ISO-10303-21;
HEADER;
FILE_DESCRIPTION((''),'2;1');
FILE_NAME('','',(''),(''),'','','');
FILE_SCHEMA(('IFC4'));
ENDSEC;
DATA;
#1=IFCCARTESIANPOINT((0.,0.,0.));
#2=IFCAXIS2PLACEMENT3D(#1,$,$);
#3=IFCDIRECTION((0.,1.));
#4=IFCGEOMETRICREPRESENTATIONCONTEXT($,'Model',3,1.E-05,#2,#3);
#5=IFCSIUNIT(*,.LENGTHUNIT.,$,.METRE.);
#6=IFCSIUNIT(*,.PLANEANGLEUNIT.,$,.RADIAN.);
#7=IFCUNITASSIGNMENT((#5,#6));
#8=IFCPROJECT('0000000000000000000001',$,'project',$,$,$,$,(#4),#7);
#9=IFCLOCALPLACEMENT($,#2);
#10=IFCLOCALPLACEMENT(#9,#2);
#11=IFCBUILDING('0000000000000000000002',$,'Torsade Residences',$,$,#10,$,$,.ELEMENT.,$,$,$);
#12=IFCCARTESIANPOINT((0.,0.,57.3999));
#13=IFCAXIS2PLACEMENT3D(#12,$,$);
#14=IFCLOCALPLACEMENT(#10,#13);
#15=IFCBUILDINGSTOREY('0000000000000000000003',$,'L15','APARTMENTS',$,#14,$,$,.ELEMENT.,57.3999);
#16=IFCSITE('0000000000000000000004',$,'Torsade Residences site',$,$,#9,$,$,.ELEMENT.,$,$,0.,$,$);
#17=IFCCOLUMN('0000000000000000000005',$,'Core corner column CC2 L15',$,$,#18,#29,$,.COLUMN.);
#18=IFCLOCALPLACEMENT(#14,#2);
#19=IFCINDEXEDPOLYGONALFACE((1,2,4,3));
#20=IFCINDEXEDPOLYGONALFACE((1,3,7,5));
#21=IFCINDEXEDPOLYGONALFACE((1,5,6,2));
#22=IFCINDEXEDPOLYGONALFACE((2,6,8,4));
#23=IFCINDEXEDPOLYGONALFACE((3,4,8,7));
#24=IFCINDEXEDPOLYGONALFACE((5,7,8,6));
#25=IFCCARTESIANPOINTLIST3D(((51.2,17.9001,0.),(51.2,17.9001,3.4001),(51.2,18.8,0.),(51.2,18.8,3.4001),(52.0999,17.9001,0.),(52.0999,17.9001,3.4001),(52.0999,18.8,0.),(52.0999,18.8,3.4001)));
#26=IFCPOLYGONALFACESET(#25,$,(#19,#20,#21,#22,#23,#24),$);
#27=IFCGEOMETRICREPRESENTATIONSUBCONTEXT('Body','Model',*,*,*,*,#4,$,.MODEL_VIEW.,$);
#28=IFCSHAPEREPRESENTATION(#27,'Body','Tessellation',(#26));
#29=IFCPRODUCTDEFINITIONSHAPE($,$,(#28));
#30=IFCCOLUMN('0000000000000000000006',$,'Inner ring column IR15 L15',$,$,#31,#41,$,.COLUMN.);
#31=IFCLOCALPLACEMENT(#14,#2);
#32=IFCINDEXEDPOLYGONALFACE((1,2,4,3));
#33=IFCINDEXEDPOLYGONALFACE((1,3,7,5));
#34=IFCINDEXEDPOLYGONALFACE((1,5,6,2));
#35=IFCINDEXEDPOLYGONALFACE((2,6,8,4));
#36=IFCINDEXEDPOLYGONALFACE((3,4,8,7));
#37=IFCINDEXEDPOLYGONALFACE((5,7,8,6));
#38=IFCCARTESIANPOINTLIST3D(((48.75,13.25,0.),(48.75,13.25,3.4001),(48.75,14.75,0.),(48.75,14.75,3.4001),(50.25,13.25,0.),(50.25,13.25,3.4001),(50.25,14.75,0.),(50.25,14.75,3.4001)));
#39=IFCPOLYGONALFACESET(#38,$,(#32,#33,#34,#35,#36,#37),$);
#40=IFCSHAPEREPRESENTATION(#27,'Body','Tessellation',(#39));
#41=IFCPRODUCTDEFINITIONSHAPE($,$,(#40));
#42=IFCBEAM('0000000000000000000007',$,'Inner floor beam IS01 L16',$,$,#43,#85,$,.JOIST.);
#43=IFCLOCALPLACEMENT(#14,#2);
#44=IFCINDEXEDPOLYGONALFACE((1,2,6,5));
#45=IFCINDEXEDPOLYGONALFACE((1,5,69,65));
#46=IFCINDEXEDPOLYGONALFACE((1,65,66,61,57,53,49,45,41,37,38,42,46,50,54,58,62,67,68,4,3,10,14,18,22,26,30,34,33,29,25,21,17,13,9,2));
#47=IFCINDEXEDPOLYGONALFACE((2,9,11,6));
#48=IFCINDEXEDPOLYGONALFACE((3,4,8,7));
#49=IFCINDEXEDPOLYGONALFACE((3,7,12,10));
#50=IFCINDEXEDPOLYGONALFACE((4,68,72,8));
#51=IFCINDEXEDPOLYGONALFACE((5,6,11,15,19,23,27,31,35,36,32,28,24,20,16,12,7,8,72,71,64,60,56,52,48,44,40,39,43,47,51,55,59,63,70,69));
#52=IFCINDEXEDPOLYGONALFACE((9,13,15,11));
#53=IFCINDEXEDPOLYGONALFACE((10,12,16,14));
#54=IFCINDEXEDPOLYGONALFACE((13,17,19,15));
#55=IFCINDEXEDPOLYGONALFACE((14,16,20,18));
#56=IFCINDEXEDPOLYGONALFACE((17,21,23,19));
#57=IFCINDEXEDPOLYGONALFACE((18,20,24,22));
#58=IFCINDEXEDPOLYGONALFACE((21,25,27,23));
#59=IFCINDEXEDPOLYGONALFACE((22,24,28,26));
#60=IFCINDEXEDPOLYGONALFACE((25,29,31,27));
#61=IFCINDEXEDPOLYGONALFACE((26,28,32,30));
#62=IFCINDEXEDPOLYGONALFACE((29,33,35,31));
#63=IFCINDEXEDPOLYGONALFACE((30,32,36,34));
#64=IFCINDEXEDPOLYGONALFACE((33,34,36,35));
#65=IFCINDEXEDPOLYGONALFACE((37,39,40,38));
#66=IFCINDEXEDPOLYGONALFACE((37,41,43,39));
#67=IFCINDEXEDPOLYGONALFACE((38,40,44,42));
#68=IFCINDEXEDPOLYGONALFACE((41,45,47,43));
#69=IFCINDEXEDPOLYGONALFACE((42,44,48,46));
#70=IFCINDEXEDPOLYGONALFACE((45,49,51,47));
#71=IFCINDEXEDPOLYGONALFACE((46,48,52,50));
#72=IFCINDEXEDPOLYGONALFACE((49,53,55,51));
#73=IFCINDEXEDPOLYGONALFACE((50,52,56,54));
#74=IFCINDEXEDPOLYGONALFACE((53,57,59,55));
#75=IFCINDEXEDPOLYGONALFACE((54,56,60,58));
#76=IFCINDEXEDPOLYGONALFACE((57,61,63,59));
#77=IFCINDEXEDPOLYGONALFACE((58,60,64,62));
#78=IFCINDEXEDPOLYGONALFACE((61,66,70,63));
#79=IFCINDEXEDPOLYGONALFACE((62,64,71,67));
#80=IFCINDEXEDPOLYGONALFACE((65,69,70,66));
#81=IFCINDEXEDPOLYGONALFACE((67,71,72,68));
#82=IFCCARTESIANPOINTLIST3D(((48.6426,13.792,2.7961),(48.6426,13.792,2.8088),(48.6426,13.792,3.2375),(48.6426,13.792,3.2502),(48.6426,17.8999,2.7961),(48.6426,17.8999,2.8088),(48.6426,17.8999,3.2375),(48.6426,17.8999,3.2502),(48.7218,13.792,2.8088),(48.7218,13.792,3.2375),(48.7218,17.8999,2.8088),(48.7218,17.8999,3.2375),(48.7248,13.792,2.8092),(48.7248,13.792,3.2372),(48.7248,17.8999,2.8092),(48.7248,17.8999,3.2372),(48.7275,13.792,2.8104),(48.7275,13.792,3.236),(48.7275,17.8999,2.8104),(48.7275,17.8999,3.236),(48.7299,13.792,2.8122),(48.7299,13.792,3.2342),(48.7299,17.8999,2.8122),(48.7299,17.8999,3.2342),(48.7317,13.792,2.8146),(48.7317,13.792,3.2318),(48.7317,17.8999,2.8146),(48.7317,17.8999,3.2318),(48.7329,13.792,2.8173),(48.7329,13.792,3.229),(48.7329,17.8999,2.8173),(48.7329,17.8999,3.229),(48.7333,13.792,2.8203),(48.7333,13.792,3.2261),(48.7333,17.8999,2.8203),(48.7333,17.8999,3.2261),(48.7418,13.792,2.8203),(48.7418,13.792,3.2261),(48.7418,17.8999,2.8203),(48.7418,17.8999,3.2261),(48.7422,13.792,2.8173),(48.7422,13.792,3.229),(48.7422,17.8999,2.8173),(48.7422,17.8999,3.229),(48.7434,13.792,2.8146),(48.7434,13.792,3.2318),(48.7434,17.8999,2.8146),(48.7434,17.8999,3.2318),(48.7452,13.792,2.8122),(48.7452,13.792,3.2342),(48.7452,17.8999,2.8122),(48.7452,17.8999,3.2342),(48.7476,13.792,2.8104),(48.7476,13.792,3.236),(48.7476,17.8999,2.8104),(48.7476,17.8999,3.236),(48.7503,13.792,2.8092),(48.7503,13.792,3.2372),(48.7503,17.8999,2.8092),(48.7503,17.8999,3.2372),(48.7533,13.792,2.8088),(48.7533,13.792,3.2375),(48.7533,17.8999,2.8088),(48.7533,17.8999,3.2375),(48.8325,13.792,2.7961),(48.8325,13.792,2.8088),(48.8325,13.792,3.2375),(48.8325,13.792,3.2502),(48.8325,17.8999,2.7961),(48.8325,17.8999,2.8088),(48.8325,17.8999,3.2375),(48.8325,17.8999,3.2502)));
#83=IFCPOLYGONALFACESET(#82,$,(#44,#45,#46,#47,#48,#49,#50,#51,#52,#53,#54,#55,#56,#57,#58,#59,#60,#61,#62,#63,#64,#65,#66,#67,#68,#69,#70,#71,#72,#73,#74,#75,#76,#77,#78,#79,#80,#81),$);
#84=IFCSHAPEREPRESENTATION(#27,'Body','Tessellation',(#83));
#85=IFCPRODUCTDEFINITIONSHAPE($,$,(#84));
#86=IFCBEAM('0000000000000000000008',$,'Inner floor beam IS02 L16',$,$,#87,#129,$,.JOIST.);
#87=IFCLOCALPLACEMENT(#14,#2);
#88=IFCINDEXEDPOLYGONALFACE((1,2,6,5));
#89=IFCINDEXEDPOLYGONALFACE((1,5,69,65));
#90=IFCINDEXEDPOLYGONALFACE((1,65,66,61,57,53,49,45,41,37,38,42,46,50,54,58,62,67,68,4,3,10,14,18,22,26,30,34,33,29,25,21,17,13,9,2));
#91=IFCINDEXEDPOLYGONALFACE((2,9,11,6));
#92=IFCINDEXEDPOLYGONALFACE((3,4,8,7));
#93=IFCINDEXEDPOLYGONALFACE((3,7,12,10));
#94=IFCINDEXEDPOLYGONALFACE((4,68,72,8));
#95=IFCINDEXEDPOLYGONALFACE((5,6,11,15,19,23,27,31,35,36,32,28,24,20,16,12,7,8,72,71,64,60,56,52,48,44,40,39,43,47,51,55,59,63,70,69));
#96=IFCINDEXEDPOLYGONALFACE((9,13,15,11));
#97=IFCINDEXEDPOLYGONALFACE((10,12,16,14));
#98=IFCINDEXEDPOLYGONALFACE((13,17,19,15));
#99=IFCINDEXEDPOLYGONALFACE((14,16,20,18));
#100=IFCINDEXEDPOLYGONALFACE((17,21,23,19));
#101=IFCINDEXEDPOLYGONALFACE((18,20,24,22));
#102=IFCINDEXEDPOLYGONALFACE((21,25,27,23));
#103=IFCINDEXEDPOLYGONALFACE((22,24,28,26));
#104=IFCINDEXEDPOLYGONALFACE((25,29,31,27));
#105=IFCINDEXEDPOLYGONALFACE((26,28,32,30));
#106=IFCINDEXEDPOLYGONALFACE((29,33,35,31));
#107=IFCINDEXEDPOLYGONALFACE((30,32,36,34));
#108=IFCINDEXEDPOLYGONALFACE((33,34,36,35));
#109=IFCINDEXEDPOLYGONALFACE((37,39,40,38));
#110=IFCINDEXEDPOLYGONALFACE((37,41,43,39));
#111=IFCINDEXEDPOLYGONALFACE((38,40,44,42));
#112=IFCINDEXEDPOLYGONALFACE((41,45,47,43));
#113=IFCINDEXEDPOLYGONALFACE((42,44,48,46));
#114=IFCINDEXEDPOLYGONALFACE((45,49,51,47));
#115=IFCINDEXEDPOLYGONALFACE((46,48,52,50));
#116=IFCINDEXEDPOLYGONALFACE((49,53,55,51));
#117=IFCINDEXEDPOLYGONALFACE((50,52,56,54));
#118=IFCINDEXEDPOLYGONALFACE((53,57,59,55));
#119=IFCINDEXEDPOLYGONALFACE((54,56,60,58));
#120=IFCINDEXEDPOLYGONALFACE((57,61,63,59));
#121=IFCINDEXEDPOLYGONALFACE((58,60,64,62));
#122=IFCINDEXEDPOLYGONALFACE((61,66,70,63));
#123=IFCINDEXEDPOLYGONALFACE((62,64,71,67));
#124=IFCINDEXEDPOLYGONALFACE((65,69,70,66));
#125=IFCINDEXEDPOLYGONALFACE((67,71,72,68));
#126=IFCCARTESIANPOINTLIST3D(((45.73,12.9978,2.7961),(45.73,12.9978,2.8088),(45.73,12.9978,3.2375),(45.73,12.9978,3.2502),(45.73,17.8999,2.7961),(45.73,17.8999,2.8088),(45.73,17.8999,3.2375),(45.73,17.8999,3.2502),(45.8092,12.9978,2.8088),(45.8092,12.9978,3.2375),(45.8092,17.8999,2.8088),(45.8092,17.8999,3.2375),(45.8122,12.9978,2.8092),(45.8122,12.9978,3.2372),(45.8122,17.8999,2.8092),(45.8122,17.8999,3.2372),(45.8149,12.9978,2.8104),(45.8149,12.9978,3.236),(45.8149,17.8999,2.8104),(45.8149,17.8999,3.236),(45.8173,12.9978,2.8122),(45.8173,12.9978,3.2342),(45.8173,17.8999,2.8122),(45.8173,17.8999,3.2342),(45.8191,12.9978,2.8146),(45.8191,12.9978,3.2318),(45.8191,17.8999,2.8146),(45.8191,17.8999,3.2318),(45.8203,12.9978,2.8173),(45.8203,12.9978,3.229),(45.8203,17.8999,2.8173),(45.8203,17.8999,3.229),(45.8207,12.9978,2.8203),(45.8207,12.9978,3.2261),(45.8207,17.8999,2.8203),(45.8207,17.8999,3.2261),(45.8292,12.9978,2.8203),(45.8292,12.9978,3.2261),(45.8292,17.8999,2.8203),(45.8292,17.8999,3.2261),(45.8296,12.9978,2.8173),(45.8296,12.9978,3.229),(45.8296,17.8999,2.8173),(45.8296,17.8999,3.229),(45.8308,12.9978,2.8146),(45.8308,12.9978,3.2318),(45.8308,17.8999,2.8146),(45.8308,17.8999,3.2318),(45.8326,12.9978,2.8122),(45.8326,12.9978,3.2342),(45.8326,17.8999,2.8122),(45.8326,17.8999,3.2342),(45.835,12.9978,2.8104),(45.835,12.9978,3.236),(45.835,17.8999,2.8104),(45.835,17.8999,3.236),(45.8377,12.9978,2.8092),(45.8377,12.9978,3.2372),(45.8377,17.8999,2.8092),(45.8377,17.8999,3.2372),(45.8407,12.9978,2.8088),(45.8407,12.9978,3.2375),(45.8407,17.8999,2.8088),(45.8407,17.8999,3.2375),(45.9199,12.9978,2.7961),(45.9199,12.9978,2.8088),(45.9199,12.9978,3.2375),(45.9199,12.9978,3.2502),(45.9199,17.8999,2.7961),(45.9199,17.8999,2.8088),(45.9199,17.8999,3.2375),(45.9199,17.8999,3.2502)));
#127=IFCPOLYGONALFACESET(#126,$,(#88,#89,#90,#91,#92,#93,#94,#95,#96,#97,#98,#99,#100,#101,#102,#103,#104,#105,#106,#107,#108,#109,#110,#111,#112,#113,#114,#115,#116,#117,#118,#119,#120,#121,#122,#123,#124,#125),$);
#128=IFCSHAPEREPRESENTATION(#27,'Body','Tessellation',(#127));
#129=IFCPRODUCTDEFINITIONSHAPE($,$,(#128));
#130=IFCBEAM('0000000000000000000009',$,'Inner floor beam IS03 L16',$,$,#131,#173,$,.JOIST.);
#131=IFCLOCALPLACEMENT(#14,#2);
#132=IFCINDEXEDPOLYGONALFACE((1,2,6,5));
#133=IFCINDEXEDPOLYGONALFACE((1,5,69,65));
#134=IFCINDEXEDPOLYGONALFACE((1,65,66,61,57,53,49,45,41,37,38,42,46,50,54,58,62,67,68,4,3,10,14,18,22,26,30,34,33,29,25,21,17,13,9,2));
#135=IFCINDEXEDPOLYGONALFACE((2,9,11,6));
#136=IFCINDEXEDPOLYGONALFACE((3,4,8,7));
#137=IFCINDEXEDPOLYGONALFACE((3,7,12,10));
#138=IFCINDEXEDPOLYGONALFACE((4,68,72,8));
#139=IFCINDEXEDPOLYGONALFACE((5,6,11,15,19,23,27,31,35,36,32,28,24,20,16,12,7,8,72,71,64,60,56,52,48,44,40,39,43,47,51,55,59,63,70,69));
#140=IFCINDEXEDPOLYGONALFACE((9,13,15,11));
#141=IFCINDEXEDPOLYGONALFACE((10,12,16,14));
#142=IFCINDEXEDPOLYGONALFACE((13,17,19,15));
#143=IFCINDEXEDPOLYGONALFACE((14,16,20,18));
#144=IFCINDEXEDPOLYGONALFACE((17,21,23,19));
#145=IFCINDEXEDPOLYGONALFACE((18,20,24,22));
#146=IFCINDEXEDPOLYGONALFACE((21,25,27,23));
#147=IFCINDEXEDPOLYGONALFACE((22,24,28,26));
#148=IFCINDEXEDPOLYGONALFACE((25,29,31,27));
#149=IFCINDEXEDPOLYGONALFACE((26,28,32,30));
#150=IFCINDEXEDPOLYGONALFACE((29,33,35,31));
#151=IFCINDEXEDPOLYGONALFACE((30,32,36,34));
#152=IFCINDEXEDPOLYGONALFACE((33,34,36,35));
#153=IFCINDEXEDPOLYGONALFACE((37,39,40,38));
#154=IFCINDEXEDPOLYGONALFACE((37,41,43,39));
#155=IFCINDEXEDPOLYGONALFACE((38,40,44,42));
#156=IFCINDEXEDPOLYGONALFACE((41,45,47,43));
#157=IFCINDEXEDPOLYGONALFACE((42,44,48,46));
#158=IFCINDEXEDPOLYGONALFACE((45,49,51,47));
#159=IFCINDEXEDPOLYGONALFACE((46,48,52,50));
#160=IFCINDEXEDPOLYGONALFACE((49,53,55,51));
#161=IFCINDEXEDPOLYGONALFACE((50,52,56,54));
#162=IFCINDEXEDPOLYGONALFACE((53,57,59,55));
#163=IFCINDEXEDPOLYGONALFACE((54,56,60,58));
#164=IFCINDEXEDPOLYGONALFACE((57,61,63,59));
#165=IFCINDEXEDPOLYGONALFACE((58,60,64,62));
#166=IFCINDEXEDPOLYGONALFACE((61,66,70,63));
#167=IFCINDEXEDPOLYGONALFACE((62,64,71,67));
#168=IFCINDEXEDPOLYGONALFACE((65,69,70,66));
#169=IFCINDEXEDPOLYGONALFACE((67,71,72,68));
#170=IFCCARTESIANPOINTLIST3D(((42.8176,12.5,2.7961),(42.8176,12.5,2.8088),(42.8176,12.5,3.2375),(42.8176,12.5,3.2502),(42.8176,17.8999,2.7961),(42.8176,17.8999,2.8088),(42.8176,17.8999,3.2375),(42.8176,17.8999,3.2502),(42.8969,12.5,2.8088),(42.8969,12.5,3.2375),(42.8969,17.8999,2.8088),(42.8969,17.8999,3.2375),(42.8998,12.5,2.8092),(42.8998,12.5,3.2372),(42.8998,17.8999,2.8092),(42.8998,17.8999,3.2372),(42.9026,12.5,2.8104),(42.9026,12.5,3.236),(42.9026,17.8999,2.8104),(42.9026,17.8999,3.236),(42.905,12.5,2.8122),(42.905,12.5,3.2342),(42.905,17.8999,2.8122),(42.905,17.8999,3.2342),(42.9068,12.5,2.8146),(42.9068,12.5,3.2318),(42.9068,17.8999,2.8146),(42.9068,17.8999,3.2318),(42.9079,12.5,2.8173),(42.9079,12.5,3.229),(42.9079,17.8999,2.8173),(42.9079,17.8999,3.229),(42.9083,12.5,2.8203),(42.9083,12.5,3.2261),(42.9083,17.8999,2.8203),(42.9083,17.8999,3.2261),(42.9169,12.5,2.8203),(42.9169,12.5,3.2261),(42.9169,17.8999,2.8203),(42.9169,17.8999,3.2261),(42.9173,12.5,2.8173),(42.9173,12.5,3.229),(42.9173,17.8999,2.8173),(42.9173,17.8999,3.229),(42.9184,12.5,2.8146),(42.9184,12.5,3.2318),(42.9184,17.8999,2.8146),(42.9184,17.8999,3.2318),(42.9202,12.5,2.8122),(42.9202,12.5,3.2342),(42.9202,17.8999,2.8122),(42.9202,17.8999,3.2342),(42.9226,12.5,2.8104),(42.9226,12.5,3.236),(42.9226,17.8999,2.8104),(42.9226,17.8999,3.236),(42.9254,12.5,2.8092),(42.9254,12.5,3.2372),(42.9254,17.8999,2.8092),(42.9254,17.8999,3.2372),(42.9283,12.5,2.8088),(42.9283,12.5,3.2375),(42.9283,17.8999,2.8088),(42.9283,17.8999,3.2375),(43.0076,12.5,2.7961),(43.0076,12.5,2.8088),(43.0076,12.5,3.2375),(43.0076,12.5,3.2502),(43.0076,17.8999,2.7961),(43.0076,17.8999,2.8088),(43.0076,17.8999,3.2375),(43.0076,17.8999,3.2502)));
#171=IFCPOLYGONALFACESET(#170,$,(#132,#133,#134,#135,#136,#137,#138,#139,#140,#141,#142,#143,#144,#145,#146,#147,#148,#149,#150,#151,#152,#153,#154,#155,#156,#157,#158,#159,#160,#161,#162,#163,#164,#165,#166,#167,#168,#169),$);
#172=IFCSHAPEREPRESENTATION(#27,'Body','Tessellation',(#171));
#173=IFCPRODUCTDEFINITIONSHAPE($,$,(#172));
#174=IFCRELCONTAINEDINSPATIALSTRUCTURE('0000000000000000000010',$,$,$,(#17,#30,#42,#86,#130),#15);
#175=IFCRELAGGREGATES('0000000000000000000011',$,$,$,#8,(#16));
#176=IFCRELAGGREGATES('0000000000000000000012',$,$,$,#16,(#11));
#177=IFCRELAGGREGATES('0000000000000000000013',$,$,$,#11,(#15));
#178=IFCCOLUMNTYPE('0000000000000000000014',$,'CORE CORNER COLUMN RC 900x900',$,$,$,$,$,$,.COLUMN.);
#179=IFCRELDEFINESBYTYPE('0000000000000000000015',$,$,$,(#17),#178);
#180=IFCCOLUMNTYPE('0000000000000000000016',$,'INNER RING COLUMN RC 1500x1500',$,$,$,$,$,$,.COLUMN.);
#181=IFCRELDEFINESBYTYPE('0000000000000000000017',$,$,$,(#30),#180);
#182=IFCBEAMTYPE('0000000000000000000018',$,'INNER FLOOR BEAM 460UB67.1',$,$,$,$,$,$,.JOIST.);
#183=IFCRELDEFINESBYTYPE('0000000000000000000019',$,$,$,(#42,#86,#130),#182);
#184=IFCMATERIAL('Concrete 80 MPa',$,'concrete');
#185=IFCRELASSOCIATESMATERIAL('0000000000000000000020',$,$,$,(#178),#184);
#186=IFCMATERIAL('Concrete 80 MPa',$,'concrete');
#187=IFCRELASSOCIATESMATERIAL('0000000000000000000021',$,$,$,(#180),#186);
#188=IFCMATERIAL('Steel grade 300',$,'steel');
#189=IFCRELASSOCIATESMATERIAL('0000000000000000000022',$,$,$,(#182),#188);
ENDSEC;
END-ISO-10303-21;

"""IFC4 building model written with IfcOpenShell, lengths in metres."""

from ifc_helpers import new_model, si_unit, direction, frame, origin, origin_2d, place, context, subcontext, project, spatial, rectangle, i_section, extrude, material, material_profile, profile_set, type_object, element, save


model = new_model("IFC4")

# Units and contexts
model_context = context("Model", 3, precision=1e-05, world=origin(), true_north=direction((0.0, 1.0)))
body_context = subcontext(model_context, "Body", "Model", "MODEL_VIEW")
ifc_project = project(units=[si_unit("LENGTHUNIT", "METRE"), si_unit("PLANEANGLEUNIT", "RADIAN")], contexts=[model_context])

# Site, building, storey
site_placement = place(None, origin())
site = spatial("IfcSite", under=ifc_project, at=site_placement, Name="Torsade Residences site", CompositionType="ELEMENT", RefElevation=0.0)
building_placement = place(site_placement, origin())
building = spatial("IfcBuilding", under=site, at=building_placement, Name="Torsade Residences", CompositionType="ELEMENT")
storey_placement = place(building_placement, frame((0.0, 0.0, 57.3999)))
storey = spatial("IfcBuildingStorey", under=building, at=storey_placement, Name="L15", Description="APARTMENTS", CompositionType="ELEMENT", Elevation=57.3999)

# Columns
ifc_material_1 = material(Name="Concrete 80 MPa", Category="concrete")
ifc_material_profile_1 = material_profile(ifc_material_1, rectangle(XDim=0.8999, YDim=0.8999, at=origin_2d()), Name="RC 900x900")
ifc_profile_set_1 = profile_set([ifc_material_profile_1], Name="Concrete 80 MPa")
column_type_1 = type_object("IfcColumnType", Name="CORE CORNER COLUMN RC 900x900", PredefinedType="COLUMN", material=ifc_profile_set_1)
column_1_placement = place(storey_placement, frame((51.6499, 18.3501, 0.0), z_axis=(0.0, 0.0, 1.0), x_axis=(1.0, 0.0, 0.0)))
element("IfcColumn", 1, at=column_1_placement, inside=storey, type_object=column_type_1, Name="Core corner column CC2 L15", PredefinedType="COLUMN", context=body_context, shape_type="SweptSolid", body=[
    extrude(rectangle(XDim=0.8999, YDim=0.8999, at=origin_2d()), origin(), (0.0, 0.0, 1.0), 3.4001),
])
ifc_material_2 = material(Name="Concrete 80 MPa", Category="concrete")
ifc_material_profile_2 = material_profile(ifc_material_2, rectangle(XDim=1.5, YDim=1.5, at=origin_2d()), Name="RC 1500x1500")
ifc_profile_set_2 = profile_set([ifc_material_profile_2], Name="Concrete 80 MPa")
column_type_2 = type_object("IfcColumnType", Name="INNER RING COLUMN RC 1500x1500", PredefinedType="COLUMN", material=ifc_profile_set_2)
column_2_placement = place(storey_placement, frame((49.5, 14.0, 0.0), z_axis=(0.0, 0.0, 1.0), x_axis=(1.0, 0.0, 0.0)))
element("IfcColumn", 2, at=column_2_placement, inside=storey, type_object=column_type_2, Name="Inner ring column IR15 L15", PredefinedType="COLUMN", context=body_context, shape_type="SweptSolid", body=[
    extrude(rectangle(XDim=1.5, YDim=1.5, at=origin_2d()), origin(), (0.0, 0.0, 1.0), 3.4001),
])

# Beams
ifc_material_3 = material(Name="Steel grade 300", Category="steel")
ifc_material_profile_3 = material_profile(ifc_material_3, i_section(OverallWidth=0.1899, OverallDepth=0.4541, WebThickness=0.0085, FlangeThickness=0.0127, FilletRadius=0.0115, at=origin_2d()), Name="460UB67.1")
ifc_profile_set_3 = profile_set([ifc_material_profile_3], Name="Steel grade 300")
beam_type_1 = type_object("IfcBeamType", Name="INNER FLOOR BEAM 460UB67.1", PredefinedType="JOIST", material=ifc_profile_set_3)
beam_1_placement = place(storey_placement, frame((48.7375, 17.8999, 3.0232), z_axis=(0.0, -1.0, 0.0), x_axis=(1.0, 0.0, 0.0)))
element("IfcBeam", 3, at=beam_1_placement, inside=storey, type_object=beam_type_1, Name="Inner floor beam IS01 L16", PredefinedType="JOIST", context=body_context, shape_type="SweptSolid", body=[
    extrude(i_section(OverallWidth=0.1899, OverallDepth=0.4541, WebThickness=0.0085, FlangeThickness=0.0127, FilletRadius=0.0115, at=origin_2d()), origin(), (0.0, 0.0, 1.0), 4.1079),
])
beam_2_placement = place(storey_placement, frame((45.825, 17.8999, 3.0232), z_axis=(0.0, -1.0, 0.0), x_axis=(1.0, 0.0, 0.0)))
element("IfcBeam", 4, at=beam_2_placement, inside=storey, type_object=beam_type_1, Name="Inner floor beam IS02 L16", PredefinedType="JOIST", context=body_context, shape_type="SweptSolid", body=[
    extrude(i_section(OverallWidth=0.1899, OverallDepth=0.4541, WebThickness=0.0085, FlangeThickness=0.0127, FilletRadius=0.0115, at=origin_2d()), origin(), (0.0, 0.0, 1.0), 4.9021),
])
for number, where, z_axis, x_axis, name in (
    (5, (42.9126, 17.8999, 3.0232), (0.0, -1.0, 0.0), (1.0, 0.0, 0.0), "Inner floor beam IS03 L16"),
):
    element("IfcBeam", number, at=place(storey_placement, frame(where, z_axis=z_axis, x_axis=x_axis)), inside=storey, type_object=beam_type_1, Name=name, PredefinedType="JOIST", context=body_context, shape_type="SweptSolid", body=[
        extrude(i_section(OverallWidth=0.1899, OverallDepth=0.4541, WebThickness=0.0085, FlangeThickness=0.0127, FilletRadius=0.0115, at=origin_2d()), origin(), (0.0, 0.0, 1.0), 5.3999),
    ])

save(model, "model.ifc")
